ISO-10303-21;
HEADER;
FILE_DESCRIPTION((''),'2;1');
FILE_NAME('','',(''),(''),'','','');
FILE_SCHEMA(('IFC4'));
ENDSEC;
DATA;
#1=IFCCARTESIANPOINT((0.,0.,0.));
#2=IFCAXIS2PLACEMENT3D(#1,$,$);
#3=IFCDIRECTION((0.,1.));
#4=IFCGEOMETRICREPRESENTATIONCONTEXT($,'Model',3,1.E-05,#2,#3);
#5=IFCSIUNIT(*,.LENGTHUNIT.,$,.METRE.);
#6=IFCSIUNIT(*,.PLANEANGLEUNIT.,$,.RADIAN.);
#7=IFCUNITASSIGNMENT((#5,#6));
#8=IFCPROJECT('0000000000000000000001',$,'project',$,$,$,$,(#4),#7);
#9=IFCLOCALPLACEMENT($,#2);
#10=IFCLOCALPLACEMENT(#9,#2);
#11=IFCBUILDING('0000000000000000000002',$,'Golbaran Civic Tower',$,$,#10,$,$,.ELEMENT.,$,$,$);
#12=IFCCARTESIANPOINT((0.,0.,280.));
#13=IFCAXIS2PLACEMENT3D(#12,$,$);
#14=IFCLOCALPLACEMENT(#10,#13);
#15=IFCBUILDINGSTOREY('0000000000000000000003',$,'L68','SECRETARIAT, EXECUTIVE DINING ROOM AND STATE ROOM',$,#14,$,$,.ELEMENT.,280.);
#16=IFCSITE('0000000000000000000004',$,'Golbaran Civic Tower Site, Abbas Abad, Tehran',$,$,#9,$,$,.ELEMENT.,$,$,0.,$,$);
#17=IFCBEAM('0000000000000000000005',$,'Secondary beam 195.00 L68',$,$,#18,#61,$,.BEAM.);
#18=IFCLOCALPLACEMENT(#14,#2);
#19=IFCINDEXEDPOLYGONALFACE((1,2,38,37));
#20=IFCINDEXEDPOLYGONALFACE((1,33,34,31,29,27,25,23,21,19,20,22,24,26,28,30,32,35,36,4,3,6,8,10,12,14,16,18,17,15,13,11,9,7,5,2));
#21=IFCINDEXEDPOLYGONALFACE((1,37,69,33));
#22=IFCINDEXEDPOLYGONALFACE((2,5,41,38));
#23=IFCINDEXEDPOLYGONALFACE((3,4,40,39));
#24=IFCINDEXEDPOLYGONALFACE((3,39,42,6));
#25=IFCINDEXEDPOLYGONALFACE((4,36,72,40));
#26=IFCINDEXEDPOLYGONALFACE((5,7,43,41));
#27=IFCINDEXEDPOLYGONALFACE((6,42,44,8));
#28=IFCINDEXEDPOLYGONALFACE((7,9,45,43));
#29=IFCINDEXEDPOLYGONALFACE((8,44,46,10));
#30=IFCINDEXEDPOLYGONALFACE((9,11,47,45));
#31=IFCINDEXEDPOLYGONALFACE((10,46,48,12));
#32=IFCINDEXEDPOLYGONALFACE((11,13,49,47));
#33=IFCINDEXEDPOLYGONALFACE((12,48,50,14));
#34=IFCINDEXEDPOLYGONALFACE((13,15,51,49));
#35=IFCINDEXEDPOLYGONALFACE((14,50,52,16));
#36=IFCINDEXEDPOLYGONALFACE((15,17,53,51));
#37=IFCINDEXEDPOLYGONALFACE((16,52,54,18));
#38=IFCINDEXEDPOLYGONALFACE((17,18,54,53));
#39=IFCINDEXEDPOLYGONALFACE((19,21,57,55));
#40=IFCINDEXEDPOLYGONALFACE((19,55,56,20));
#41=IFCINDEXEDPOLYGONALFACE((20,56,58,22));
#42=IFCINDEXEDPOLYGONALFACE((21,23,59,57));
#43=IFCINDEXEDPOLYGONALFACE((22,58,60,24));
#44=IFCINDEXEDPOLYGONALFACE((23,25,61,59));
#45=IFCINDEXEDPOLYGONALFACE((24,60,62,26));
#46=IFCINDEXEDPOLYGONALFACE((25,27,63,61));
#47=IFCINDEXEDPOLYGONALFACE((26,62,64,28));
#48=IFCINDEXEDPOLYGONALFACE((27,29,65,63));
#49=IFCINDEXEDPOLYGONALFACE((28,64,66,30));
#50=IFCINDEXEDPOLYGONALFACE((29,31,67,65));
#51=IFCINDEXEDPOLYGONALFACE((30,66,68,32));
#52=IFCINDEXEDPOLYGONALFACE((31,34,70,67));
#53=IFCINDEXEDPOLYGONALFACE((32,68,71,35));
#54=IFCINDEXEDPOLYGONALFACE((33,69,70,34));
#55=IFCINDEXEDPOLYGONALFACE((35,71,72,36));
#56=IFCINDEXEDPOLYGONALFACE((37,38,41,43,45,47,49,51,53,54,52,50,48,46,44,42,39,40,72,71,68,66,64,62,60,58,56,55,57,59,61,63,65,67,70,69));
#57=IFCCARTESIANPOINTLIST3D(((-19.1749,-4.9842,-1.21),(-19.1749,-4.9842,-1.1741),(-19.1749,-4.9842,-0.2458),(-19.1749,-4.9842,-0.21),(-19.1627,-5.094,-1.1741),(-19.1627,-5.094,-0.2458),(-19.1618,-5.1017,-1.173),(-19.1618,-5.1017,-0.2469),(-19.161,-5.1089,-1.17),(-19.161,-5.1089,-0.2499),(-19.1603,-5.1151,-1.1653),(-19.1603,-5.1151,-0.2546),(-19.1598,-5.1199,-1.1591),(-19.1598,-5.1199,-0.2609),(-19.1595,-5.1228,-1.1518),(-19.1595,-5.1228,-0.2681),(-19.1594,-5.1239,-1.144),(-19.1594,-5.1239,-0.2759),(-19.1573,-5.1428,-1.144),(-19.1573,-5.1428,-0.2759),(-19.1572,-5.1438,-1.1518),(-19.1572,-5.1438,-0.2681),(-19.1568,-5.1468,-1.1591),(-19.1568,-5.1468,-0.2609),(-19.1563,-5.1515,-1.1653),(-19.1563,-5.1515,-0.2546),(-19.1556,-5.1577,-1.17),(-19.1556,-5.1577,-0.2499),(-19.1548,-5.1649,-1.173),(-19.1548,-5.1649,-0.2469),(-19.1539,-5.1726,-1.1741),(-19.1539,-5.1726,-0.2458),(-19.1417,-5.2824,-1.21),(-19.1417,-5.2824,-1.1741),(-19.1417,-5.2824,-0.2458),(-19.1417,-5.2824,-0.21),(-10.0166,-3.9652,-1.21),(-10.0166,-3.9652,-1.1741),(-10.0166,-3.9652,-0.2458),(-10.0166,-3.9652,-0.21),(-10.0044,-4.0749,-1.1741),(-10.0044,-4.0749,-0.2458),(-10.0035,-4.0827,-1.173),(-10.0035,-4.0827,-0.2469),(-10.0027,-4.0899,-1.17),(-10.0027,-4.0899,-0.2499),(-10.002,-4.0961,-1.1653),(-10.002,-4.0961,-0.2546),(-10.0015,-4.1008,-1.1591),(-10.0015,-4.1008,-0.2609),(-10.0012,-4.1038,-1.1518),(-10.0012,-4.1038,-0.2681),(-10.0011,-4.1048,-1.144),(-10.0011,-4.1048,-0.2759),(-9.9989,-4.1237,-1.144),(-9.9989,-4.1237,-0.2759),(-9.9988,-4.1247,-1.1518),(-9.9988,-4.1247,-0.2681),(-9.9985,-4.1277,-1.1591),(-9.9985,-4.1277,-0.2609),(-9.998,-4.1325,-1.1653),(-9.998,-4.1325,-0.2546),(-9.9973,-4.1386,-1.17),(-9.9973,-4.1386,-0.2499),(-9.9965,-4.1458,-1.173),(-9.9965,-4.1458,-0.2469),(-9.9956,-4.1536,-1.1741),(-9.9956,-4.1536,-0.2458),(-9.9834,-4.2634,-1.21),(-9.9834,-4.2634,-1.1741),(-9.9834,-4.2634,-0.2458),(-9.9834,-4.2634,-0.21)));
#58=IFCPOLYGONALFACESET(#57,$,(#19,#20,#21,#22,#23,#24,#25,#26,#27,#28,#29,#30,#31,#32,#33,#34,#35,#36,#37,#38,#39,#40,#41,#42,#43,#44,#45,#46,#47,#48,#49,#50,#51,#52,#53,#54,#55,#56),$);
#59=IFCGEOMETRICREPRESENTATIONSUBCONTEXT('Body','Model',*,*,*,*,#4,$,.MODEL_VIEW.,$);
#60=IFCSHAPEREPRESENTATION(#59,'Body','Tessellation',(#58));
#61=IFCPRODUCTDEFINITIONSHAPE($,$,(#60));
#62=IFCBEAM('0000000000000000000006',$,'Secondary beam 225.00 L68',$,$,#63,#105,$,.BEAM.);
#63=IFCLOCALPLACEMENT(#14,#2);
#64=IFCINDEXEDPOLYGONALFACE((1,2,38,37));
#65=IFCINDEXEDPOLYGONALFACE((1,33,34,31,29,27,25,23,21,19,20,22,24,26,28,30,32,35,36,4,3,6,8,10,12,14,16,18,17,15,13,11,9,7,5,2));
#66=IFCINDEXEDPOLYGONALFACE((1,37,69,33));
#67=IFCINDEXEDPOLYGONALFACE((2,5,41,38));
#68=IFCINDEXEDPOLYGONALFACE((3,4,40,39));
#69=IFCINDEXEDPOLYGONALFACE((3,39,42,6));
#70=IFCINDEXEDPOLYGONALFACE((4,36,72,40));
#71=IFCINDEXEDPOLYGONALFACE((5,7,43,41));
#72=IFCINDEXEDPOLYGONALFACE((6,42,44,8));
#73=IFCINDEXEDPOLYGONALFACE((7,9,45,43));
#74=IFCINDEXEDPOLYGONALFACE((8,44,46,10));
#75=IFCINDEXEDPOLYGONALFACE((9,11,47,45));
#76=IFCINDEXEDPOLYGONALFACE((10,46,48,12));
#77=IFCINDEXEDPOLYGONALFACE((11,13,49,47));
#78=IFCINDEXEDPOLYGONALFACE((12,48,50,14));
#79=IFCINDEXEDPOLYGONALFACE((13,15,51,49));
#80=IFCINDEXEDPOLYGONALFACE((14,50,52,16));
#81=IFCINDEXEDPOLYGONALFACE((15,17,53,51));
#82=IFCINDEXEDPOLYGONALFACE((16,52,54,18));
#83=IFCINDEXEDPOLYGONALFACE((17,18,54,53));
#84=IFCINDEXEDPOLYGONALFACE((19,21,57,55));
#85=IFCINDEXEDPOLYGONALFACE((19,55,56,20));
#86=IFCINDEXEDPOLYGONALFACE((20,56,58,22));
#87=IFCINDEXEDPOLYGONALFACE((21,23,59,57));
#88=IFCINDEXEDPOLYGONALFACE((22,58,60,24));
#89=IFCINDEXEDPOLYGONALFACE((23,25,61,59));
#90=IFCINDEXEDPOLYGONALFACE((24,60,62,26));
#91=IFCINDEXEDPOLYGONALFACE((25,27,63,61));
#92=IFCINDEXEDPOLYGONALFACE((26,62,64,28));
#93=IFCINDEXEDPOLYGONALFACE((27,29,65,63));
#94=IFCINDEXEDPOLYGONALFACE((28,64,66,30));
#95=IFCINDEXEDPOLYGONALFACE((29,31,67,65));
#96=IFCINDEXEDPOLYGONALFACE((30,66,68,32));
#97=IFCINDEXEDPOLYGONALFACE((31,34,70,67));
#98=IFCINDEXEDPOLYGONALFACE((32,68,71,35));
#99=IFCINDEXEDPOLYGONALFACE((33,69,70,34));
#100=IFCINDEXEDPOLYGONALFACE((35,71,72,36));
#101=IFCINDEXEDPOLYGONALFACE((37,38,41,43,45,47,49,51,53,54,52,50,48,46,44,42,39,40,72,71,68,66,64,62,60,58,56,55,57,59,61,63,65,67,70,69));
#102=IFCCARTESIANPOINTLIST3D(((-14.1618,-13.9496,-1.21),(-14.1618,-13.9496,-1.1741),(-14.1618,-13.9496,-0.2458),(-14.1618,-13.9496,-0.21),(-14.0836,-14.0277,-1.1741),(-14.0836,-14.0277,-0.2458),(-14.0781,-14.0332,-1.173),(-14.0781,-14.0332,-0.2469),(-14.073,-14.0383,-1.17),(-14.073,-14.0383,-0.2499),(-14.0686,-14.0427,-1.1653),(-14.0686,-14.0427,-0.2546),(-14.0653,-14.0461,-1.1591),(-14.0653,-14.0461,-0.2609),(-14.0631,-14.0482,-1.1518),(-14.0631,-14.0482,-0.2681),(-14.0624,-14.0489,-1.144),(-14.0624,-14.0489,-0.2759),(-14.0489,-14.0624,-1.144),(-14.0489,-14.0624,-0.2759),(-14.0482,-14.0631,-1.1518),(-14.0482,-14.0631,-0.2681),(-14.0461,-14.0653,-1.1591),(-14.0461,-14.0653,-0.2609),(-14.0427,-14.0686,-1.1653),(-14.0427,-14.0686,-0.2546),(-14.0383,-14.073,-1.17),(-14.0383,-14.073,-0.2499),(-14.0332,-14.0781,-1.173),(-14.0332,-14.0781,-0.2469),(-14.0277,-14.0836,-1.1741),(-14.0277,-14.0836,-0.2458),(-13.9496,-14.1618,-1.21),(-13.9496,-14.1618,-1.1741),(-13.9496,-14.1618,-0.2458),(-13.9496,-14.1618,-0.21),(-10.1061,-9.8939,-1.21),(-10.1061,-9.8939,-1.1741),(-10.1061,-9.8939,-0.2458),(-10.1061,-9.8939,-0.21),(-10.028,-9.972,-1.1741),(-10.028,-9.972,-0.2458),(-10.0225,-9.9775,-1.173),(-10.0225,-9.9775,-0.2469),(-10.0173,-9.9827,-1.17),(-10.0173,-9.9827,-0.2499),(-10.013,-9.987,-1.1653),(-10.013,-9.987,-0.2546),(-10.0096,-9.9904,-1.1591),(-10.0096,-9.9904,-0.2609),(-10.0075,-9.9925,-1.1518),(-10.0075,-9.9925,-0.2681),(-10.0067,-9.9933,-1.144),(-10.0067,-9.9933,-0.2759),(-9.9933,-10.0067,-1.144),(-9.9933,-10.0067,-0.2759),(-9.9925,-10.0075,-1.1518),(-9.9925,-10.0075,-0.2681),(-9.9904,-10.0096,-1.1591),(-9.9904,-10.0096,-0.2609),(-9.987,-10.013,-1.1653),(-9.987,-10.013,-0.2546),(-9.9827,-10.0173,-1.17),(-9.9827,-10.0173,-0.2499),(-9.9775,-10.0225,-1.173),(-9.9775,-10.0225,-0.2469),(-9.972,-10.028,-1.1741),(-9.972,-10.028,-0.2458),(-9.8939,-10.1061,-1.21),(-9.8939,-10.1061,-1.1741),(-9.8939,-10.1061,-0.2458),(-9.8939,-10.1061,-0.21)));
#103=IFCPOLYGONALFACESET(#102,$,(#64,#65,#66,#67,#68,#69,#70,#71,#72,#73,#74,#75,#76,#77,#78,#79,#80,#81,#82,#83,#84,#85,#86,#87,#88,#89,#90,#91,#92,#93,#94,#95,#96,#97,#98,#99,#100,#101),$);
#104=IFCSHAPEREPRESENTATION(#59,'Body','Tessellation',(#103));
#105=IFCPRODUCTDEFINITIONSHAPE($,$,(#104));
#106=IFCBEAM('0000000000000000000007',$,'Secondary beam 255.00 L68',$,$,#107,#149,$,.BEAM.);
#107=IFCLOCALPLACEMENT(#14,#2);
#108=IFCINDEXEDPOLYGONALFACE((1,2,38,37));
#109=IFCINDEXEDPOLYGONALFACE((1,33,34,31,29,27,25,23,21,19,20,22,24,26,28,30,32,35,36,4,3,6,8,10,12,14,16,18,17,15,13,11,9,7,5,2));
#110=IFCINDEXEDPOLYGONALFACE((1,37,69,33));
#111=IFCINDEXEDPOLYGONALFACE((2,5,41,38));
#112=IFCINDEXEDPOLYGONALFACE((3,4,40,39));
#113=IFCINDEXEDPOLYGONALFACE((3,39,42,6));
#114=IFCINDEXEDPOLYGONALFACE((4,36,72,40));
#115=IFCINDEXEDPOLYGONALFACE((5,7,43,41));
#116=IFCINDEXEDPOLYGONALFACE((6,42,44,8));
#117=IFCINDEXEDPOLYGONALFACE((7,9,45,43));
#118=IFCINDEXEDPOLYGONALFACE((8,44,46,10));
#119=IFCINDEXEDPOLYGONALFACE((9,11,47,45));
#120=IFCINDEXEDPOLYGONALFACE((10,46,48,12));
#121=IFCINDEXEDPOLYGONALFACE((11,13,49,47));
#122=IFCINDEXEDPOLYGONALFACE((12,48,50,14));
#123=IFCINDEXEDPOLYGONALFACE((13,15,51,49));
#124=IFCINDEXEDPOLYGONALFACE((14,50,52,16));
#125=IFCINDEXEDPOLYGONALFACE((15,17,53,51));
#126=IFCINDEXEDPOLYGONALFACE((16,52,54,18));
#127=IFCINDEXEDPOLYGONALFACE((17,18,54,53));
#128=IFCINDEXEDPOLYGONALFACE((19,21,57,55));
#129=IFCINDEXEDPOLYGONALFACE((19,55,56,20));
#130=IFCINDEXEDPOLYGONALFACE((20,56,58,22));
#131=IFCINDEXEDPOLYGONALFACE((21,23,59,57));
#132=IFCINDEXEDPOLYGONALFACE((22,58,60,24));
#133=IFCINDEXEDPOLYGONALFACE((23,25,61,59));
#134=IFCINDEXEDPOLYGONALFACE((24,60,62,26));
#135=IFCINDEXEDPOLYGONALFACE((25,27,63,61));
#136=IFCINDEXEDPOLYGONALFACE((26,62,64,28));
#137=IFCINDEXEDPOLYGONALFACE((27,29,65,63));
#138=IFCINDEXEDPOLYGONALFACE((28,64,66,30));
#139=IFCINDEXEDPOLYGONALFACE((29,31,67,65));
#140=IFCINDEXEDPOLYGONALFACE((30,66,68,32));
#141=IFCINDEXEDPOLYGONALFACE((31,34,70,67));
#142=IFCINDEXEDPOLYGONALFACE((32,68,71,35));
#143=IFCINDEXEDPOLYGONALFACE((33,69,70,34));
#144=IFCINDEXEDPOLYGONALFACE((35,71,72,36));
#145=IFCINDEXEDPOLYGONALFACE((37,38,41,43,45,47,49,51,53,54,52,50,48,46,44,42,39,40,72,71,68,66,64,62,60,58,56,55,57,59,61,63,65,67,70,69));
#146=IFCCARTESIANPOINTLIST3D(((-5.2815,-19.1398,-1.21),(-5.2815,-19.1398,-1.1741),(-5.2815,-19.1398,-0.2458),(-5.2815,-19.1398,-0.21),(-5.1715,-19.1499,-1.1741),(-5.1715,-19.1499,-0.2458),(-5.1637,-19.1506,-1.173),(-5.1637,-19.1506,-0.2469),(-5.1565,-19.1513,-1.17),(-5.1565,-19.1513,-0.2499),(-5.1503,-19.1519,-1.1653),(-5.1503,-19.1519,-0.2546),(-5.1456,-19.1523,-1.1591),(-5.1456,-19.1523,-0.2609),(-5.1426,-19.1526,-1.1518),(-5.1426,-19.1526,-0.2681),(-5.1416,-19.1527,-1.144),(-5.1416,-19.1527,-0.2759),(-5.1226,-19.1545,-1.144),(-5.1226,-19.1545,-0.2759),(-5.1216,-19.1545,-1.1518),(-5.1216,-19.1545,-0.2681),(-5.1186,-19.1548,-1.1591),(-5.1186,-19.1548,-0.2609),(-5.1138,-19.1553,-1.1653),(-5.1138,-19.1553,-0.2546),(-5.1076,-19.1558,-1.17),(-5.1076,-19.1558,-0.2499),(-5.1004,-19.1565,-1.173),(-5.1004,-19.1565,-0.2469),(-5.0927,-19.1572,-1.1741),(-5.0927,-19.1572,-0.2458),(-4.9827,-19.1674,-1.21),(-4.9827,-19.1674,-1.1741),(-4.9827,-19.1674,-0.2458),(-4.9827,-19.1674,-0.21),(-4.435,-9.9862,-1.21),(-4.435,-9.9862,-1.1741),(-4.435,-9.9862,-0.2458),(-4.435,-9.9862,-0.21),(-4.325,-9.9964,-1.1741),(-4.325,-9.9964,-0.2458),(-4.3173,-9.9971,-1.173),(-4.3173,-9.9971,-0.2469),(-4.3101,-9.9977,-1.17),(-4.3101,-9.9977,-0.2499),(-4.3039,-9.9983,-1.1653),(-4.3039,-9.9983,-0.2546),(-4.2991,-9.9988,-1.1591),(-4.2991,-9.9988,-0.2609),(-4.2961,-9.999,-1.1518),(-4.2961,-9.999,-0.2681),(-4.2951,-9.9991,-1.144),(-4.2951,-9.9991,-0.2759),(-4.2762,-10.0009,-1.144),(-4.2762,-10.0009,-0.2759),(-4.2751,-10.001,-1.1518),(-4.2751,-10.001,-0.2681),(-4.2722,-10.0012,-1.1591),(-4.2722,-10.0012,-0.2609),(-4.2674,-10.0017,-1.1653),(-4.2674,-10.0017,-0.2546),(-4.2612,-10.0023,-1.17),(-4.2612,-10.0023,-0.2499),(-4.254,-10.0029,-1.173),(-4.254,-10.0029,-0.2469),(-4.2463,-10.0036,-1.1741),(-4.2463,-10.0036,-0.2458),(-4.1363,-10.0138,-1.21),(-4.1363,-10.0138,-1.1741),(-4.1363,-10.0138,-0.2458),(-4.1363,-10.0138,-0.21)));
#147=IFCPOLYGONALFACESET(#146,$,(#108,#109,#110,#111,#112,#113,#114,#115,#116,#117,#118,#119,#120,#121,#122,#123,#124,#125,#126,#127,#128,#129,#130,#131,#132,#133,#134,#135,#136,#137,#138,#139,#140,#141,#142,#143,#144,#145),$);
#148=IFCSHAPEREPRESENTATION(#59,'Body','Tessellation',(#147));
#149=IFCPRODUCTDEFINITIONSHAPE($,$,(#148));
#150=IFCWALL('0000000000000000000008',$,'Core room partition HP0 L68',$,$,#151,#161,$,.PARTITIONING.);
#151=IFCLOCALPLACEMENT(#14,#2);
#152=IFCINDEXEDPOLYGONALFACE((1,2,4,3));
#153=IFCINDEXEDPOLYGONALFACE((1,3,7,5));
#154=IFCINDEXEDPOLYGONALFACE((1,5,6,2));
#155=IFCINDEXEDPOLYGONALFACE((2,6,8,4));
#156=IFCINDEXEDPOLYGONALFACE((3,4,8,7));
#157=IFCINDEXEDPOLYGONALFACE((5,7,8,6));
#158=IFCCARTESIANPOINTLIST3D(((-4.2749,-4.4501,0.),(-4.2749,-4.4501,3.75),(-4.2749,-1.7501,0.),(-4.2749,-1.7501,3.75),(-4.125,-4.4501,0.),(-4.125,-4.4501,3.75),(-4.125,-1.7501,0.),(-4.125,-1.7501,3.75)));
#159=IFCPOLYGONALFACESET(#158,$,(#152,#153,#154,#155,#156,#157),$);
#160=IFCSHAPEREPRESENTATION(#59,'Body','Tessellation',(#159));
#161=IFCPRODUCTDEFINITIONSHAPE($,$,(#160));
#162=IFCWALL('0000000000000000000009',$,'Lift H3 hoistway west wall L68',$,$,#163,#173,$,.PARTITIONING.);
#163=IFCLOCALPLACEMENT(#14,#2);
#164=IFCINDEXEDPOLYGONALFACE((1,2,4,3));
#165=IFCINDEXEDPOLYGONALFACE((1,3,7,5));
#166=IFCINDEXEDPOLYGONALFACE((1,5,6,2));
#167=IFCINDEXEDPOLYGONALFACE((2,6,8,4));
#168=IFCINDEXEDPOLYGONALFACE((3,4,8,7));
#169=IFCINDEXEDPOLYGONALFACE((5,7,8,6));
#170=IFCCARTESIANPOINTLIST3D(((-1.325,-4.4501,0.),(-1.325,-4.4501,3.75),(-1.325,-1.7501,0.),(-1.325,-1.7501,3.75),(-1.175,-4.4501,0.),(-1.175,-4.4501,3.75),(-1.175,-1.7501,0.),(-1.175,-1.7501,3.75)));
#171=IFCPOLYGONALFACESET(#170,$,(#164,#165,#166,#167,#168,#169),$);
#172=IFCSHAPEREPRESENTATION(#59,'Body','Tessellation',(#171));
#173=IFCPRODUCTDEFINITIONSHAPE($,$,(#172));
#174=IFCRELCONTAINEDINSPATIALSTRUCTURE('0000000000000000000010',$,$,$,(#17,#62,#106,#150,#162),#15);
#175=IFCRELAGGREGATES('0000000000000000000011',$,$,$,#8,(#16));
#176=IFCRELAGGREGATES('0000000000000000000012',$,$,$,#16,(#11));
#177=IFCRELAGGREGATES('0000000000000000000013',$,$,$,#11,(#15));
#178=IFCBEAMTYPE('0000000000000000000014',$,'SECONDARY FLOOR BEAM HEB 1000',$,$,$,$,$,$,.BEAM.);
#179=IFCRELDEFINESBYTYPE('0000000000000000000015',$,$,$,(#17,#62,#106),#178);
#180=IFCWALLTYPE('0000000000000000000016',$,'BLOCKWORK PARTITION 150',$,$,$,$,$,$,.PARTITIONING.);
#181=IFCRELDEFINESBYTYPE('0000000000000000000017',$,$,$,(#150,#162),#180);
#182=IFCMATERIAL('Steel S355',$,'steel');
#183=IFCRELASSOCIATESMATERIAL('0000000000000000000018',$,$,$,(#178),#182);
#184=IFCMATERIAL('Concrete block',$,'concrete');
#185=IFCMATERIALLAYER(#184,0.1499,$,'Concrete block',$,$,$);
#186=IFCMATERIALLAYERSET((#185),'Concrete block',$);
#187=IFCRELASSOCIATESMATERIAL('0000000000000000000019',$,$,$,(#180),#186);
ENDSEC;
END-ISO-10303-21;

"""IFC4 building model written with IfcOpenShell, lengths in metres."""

from ifc_helpers import new_model, si_unit, direction, frame, frame_2d, origin, origin_2d, place, context, subcontext, project, spatial, rectangle, i_section, extrude, material, layer, layer_set, material_profile, profile_set, type_object, element, save


model = new_model("IFC4")

# Units and contexts
model_context = context("Model", 3, precision=1e-05, world=origin(), true_north=direction((0.0, 1.0)))
body_context = subcontext(model_context, "Body", "Model", "MODEL_VIEW")
ifc_project = project(units=[si_unit("LENGTHUNIT", "METRE"), si_unit("PLANEANGLEUNIT", "RADIAN")], contexts=[model_context])

# Site, building, storey
site_placement = place(None, origin())
site = spatial("IfcSite", under=ifc_project, at=site_placement, Name="Golbaran Civic Tower Site, Abbas Abad, Tehran", CompositionType="ELEMENT", RefElevation=0.0)
building_placement = place(site_placement, origin())
building = spatial("IfcBuilding", under=site, at=building_placement, Name="Golbaran Civic Tower", CompositionType="ELEMENT")
storey_placement = place(building_placement, frame((0.0, 0.0, 280.0)))
storey = spatial("IfcBuildingStorey", under=building, at=storey_placement, Name="L68", Description="SECRETARIAT, EXECUTIVE DINING ROOM AND STATE ROOM", CompositionType="ELEMENT", Elevation=280.0)

# Beams
ifc_material_1 = material(Name="Steel S355", Category="steel")
ifc_material_profile_1 = material_profile(ifc_material_1, i_section(OverallWidth=0.3, OverallDepth=1.0, WebThickness=0.019, FlangeThickness=0.0359, FilletRadius=0.03, at=origin_2d()), Name="HEB 1000")
ifc_profile_set_1 = profile_set([ifc_material_profile_1], Name="Steel S355")
beam_type_1 = type_object("IfcBeamType", Name="SECONDARY FLOOR BEAM HEB 1000", PredefinedType="BEAM", material=ifc_profile_set_1)
beam_1_placement = place(storey_placement, frame((-10.0, -4.1143, -0.71), z_axis=(-0.993866, -0.110589, 0.0), x_axis=(0.110589, -0.993866, 0.0)))
element("IfcBeam", 1, at=beam_1_placement, inside=storey, type_object=beam_type_1, Name="Secondary beam 195.00 L68", PredefinedType="BEAM", context=body_context, shape_type="SweptSolid", body=[
    extrude(i_section(OverallWidth=0.3, OverallDepth=1.0, WebThickness=0.019, FlangeThickness=0.0359, FilletRadius=0.03, at=origin_2d()), origin(), (0.0, 0.0, 1.0), 9.2148),
])
beam_2_placement = place(storey_placement, frame((-10.0, -10.0, -0.71), z_axis=(-0.707107, -0.707107, 0.0), x_axis=(0.707107, -0.707107, 0.0)))
element("IfcBeam", 2, at=beam_2_placement, inside=storey, type_object=beam_type_1, Name="Secondary beam 225.00 L68", PredefinedType="BEAM", context=body_context, shape_type="SweptSolid", body=[
    extrude(i_section(OverallWidth=0.3, OverallDepth=1.0, WebThickness=0.019, FlangeThickness=0.0359, FilletRadius=0.03, at=origin_2d()), origin(), (0.0, 0.0, 1.0), 5.7356),
])
beam_3_placement = place(storey_placement, frame((-4.2856, -10.0, -0.71), z_axis=(-0.092078, -0.995752, 0.0), x_axis=(0.995752, -0.092078, 0.0)))
element("IfcBeam", 3, at=beam_3_placement, inside=storey, type_object=beam_type_1, Name="Secondary beam 255.00 L68", PredefinedType="BEAM", context=body_context, shape_type="SweptSolid", body=[
    extrude(i_section(OverallWidth=0.3, OverallDepth=1.0, WebThickness=0.019, FlangeThickness=0.0359, FilletRadius=0.03, at=origin_2d()), origin(), (0.0, 0.0, 1.0), 9.1926),
])

# Walls
ifc_material_2 = material(Name="Concrete block", Category="concrete")
ifc_layer_1 = layer(ifc_material_2, 0.1499, Name="Concrete block")
ifc_layer_set_1 = layer_set([ifc_layer_1], Name="Concrete block")
wall_type_1 = type_object("IfcWallType", Name="BLOCKWORK PARTITION 150", PredefinedType="PARTITIONING", material=ifc_layer_set_1)
for number, where, z_axis, x_axis, name in (
    (4, (-4.2, -1.75, 0.0), (0.0, 0.0, 1.0), (0.0, -1.0, 0.0), "Core room partition HP0 L68"),
    (5, (-1.25, -1.75, 0.0), (0.0, 0.0, 1.0), (0.0, -1.0, 0.0), "Lift H3 hoistway west wall L68"),
):
    element("IfcWall", number, at=place(storey_placement, frame(where, z_axis=z_axis, x_axis=x_axis)), inside=storey, type_object=wall_type_1, Name=name, PredefinedType="PARTITIONING", context=body_context, shape_type="SweptSolid", body=[
        extrude(rectangle(XDim=2.7, YDim=0.1499, at=frame_2d((1.3501, 0.0))), origin(), (0.0, 0.0, 1.0), 3.75),
    ])

save(model, "model.ifc")
